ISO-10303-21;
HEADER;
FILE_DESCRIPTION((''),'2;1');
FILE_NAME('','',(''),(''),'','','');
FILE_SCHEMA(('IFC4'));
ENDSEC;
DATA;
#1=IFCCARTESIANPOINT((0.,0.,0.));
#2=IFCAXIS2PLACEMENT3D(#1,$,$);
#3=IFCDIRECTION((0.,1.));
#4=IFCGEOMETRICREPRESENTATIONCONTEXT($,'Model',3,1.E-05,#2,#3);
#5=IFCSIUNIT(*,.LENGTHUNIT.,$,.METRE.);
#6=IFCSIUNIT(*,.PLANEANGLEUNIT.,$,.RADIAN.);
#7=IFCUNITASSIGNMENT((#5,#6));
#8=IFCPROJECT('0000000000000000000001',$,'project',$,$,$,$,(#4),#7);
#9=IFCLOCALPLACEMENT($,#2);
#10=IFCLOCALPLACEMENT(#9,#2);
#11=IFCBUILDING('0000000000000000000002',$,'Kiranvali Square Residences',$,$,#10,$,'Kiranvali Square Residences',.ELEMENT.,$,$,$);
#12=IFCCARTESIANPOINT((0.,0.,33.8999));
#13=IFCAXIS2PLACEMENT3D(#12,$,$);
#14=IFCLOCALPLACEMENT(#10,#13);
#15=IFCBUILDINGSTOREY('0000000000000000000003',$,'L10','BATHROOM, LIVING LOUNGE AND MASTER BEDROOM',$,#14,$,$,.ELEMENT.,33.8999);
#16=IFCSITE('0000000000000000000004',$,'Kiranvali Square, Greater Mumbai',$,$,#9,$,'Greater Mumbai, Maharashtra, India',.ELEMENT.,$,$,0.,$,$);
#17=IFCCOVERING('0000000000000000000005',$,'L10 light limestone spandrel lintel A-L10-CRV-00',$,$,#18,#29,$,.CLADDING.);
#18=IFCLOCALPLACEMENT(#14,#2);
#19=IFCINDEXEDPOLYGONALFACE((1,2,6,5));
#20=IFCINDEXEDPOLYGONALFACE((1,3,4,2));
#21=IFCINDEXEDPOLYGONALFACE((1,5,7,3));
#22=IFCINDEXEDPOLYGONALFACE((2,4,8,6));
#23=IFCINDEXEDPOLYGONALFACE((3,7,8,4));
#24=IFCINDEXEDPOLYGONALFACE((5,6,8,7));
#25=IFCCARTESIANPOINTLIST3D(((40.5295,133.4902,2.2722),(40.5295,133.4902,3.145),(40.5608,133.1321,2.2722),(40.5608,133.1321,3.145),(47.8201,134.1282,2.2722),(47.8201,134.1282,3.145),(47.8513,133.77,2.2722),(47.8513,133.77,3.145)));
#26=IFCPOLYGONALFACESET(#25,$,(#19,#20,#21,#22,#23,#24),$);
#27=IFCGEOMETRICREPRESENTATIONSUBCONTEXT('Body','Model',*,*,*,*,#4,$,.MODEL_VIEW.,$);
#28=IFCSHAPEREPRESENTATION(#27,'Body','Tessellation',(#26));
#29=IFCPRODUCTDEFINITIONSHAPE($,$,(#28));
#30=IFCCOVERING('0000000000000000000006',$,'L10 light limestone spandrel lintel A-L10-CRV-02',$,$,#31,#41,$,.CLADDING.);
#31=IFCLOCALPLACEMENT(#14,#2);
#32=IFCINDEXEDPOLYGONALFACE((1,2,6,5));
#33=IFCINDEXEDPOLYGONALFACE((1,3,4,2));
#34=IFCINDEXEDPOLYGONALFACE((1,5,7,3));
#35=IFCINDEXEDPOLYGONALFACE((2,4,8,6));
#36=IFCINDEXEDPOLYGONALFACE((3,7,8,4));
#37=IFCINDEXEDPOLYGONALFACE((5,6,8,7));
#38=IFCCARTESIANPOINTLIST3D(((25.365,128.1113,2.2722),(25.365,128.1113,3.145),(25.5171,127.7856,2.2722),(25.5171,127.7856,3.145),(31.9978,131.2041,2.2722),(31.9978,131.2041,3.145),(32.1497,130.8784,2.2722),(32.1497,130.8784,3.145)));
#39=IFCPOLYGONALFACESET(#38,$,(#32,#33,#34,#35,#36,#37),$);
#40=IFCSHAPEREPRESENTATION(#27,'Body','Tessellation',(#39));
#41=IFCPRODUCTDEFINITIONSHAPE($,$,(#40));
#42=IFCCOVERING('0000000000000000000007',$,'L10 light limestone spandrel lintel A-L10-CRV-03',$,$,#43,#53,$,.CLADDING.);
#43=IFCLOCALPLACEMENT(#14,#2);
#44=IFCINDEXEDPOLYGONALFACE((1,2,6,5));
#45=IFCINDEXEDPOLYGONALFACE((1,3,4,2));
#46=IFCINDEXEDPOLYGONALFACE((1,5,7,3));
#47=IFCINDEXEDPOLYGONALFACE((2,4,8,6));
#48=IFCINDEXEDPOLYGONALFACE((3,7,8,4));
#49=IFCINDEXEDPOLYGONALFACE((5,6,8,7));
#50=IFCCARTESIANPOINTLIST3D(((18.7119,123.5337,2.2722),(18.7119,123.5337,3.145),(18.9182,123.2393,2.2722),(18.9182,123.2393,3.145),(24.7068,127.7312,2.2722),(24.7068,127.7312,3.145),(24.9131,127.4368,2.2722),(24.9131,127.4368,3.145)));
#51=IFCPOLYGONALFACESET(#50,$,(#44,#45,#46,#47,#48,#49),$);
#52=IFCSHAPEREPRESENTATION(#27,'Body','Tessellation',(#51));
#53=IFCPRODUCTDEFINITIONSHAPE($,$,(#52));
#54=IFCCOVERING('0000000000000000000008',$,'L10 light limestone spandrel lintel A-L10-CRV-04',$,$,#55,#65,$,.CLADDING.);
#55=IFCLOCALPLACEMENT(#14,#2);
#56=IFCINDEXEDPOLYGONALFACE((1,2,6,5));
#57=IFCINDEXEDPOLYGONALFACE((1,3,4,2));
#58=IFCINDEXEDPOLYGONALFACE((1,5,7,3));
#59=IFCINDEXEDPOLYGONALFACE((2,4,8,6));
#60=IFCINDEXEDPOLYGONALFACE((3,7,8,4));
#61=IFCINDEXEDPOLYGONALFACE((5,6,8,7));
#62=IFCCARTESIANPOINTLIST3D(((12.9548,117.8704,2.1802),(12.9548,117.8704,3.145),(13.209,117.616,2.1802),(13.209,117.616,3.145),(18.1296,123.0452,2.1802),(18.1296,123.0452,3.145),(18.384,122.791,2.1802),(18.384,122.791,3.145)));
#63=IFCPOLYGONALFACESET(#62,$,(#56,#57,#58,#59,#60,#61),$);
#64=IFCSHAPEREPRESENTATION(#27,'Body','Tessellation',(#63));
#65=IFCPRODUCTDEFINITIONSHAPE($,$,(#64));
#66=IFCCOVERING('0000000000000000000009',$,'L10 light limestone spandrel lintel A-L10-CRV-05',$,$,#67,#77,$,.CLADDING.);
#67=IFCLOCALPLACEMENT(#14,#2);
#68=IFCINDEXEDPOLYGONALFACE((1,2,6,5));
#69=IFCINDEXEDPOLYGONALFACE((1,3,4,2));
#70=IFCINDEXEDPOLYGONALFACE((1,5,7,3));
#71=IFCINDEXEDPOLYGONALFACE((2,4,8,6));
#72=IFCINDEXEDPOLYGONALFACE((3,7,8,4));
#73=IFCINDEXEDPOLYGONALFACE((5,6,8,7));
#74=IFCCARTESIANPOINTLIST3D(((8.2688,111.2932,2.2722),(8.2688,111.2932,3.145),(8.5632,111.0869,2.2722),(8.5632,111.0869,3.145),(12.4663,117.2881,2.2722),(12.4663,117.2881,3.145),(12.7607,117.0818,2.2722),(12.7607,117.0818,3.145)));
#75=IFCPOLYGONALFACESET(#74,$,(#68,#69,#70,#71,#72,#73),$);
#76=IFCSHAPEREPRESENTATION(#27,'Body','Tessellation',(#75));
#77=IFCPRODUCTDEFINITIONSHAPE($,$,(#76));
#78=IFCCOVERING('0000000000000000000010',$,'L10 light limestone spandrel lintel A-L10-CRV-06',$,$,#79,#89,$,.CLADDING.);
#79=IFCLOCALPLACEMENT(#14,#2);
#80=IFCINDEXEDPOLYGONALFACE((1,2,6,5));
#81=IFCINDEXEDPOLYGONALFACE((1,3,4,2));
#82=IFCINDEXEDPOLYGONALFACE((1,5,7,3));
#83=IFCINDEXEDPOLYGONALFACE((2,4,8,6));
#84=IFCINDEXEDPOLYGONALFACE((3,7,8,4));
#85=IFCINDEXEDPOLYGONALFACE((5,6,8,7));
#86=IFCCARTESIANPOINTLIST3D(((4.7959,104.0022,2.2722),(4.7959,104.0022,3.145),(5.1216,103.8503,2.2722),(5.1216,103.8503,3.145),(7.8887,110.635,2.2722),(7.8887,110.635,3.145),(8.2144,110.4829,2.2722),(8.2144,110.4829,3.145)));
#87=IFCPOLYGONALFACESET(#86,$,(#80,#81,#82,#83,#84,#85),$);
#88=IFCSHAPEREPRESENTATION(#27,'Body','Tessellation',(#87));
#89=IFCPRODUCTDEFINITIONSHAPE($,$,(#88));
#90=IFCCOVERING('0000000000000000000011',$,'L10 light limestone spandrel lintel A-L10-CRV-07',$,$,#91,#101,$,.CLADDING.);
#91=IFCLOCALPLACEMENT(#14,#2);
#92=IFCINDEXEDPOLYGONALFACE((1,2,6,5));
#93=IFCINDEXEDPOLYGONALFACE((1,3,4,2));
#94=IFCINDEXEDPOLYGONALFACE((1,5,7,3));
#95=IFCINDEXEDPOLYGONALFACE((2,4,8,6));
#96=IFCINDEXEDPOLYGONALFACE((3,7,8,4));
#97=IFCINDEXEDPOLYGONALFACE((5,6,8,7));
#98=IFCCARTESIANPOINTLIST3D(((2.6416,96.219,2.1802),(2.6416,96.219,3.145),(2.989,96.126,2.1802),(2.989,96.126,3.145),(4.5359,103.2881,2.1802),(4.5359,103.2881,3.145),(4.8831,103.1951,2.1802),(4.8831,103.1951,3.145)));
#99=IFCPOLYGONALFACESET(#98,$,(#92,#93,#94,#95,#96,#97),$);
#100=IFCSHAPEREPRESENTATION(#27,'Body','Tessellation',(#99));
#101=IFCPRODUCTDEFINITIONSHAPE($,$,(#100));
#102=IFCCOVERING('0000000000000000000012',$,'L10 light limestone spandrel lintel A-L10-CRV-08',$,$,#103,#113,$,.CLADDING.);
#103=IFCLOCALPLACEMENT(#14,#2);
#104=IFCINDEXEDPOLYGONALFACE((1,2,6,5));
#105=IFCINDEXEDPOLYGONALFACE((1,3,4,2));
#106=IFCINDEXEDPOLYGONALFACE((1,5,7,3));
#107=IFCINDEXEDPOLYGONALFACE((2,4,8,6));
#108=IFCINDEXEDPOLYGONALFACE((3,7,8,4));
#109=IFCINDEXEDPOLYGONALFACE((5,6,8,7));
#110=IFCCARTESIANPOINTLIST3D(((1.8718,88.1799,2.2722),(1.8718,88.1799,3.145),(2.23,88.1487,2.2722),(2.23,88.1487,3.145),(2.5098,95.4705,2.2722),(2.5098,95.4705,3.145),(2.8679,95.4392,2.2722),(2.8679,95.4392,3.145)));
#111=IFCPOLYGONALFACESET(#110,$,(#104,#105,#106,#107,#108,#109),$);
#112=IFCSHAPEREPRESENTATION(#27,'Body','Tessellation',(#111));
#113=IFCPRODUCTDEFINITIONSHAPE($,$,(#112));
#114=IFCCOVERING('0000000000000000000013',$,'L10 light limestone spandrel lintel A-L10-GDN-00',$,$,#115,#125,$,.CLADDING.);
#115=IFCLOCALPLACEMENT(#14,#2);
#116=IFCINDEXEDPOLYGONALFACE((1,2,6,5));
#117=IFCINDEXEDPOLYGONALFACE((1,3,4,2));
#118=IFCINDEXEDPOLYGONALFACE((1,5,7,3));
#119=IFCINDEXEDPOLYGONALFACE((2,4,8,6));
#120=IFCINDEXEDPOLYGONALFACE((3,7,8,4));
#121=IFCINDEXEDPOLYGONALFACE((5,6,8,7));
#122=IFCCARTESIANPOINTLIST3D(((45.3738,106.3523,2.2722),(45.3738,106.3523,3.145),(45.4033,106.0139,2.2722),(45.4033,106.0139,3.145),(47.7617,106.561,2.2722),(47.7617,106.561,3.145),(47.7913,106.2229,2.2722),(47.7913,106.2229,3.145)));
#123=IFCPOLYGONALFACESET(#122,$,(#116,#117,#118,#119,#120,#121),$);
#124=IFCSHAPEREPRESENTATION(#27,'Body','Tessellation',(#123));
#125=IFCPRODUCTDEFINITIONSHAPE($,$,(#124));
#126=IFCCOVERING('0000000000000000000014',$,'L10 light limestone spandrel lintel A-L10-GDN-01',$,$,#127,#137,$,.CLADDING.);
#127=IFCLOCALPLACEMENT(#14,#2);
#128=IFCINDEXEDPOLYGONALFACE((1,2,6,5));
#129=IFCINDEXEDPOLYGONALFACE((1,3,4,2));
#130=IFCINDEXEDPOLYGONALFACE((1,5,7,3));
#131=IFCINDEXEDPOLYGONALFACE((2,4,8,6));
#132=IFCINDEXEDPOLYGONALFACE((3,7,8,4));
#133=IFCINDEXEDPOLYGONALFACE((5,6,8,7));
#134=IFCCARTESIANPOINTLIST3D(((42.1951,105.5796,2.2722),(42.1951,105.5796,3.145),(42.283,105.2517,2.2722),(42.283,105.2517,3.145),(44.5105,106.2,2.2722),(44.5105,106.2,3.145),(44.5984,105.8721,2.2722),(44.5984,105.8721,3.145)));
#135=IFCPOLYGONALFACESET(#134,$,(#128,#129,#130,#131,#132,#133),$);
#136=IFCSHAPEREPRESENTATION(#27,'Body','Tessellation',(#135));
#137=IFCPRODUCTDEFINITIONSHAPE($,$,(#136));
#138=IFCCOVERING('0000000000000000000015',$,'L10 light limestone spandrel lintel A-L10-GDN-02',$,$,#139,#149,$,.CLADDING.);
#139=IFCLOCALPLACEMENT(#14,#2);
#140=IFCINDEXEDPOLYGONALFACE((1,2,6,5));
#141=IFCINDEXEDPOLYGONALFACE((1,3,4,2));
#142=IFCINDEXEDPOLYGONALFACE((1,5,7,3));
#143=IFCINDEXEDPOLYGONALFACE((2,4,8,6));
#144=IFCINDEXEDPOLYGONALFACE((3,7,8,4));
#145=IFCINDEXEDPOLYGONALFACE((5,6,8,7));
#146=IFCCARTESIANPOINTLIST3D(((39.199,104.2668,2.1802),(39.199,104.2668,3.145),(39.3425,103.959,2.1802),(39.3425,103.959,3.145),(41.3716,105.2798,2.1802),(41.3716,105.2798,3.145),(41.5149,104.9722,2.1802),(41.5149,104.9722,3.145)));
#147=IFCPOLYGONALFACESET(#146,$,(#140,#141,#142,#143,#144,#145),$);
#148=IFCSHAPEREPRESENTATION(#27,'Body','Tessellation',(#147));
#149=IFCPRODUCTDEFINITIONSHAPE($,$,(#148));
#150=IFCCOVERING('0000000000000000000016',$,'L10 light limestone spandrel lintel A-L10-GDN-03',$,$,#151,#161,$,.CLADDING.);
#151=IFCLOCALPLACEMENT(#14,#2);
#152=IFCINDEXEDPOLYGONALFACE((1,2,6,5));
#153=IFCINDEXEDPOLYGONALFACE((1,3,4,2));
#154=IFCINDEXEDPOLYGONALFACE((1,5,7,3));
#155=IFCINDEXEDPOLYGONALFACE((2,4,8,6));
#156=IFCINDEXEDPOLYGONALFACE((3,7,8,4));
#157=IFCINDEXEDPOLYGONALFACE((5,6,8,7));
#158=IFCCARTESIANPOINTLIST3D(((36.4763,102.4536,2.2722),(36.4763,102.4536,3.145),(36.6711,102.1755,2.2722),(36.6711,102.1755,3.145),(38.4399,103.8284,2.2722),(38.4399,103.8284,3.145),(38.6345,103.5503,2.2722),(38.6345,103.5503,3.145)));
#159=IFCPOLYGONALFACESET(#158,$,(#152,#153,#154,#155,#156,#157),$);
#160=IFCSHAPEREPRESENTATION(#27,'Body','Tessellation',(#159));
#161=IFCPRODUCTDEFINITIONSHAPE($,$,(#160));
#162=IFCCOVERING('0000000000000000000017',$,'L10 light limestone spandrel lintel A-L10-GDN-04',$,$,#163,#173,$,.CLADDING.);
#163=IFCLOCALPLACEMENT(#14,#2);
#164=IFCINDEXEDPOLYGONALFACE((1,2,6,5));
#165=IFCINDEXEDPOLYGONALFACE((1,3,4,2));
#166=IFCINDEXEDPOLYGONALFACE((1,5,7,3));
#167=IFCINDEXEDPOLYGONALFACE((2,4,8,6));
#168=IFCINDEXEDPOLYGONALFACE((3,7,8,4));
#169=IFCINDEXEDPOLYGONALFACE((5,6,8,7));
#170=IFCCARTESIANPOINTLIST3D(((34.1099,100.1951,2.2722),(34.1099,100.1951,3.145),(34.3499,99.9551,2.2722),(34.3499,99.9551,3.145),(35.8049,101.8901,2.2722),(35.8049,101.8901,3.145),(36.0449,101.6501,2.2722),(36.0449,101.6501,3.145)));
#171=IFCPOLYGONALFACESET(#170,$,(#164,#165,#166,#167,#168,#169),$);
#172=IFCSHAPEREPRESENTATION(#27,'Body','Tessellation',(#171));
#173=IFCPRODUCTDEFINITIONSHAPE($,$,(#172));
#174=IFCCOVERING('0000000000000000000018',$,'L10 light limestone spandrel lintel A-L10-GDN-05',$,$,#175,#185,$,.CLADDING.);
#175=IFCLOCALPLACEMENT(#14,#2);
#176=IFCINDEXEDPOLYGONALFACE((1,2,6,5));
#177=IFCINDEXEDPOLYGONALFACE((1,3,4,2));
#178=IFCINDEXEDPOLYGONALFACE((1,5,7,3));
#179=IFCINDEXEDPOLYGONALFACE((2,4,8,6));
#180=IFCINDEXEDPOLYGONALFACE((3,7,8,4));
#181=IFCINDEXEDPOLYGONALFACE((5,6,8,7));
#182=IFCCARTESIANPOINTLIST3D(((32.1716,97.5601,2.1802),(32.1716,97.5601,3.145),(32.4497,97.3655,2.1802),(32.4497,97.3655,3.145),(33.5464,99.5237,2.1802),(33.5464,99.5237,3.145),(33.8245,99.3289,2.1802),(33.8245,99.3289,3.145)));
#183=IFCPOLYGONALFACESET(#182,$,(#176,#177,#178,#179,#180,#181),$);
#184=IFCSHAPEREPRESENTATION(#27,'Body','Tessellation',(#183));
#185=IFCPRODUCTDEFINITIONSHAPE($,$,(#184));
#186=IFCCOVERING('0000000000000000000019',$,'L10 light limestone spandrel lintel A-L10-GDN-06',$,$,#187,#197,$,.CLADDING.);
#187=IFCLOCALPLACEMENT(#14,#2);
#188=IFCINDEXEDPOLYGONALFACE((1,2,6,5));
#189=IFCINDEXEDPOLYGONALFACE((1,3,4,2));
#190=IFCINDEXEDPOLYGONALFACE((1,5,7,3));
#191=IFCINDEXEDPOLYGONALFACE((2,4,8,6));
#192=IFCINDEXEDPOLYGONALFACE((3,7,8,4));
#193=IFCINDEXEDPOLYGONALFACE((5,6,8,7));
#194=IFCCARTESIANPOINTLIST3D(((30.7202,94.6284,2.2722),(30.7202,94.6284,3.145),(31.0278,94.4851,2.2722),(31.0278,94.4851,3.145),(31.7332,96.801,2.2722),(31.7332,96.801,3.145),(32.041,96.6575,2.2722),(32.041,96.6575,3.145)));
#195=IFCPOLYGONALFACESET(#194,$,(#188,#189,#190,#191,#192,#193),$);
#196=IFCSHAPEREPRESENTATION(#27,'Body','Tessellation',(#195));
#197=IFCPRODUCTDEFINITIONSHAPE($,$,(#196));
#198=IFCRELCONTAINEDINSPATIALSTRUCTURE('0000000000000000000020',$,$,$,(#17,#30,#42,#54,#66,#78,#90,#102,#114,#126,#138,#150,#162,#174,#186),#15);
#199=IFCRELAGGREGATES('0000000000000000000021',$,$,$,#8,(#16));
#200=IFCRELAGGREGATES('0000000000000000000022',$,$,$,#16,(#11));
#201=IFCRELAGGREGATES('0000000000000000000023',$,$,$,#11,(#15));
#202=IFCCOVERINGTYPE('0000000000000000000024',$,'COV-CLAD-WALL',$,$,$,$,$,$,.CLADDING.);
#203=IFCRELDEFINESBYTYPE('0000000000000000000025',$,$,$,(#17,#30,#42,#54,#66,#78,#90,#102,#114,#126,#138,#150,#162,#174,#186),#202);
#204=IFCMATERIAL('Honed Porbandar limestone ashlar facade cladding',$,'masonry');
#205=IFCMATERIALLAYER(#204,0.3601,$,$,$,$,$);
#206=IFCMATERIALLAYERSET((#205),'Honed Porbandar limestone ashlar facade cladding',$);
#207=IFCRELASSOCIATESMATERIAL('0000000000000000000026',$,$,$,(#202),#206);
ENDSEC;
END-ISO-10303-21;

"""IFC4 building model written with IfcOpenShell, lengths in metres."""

from ifc_helpers import new_model, si_unit, direction, frame, origin, place, context, subcontext, project, spatial, polyline, outline, extrude, material, layer, layer_set, type_object, element, save


model = new_model("IFC4")

# Units and contexts
model_context = context("Model", 3, precision=1e-05, world=origin(), true_north=direction((0.0, 1.0)))
body_context = subcontext(model_context, "Body", "Model", "MODEL_VIEW")
ifc_project = project(units=[si_unit("LENGTHUNIT", "METRE"), si_unit("PLANEANGLEUNIT", "RADIAN")], contexts=[model_context])

# Site, building, storey
site_placement = place(None, origin())
site = spatial("IfcSite", under=ifc_project, at=site_placement, Name="Kiranvali Square, Greater Mumbai", LongName="Greater Mumbai, Maharashtra, India", CompositionType="ELEMENT", RefElevation=0.0)
building_placement = place(site_placement, origin())
building = spatial("IfcBuilding", under=site, at=building_placement, Name="Kiranvali Square Residences", LongName="Kiranvali Square Residences", CompositionType="ELEMENT")
storey_placement = place(building_placement, frame((0.0, 0.0, 33.8999)))
storey = spatial("IfcBuildingStorey", under=building, at=storey_placement, Name="L10", Description="BATHROOM, LIVING LOUNGE AND MASTER BEDROOM", CompositionType="ELEMENT", Elevation=33.8999)

# Coverings
ifc_material = material(Name="Honed Porbandar limestone ashlar facade cladding", Category="masonry")
ifc_layer = layer(ifc_material, 0.3601)
ifc_layer_set = layer_set([ifc_layer], Name="Honed Porbandar limestone ashlar facade cladding")
covering_type = type_object("IfcCoveringType", Name="COV-CLAD-WALL", PredefinedType="CLADDING", material=ifc_layer_set)
covering_1_placement = place(storey_placement, frame((0.0, 0.0, 2.2722)))
element("IfcCovering", 1, at=covering_1_placement, inside=storey, type_object=covering_type, Name="L10 light limestone spandrel lintel A-L10-CRV-00", PredefinedType="CLADDING", context=body_context, shape_type="SweptSolid", body=[
    extrude(outline(polyline([(47.8201, 134.1282), (40.5295, 133.4902), (40.5608, 133.1321), (47.8513, 133.77), (47.8201, 134.1282)])), origin(), (0.0, 0.0, 1.0), 0.8728),
])
covering_2_placement = place(storey_placement, frame((0.0, 0.0, 2.2722)))
element("IfcCovering", 2, at=covering_2_placement, inside=storey, type_object=covering_type, Name="L10 light limestone spandrel lintel A-L10-CRV-02", PredefinedType="CLADDING", context=body_context, shape_type="SweptSolid", body=[
    extrude(outline(polyline([(31.9978, 131.2041), (25.365, 128.1113), (25.5171, 127.7856), (32.1497, 130.8784), (31.9978, 131.2041)])), origin(), (0.0, 0.0, 1.0), 0.8728),
])
covering_3_placement = place(storey_placement, frame((0.0, 0.0, 2.2722)))
element("IfcCovering", 3, at=covering_3_placement, inside=storey, type_object=covering_type, Name="L10 light limestone spandrel lintel A-L10-CRV-03", PredefinedType="CLADDING", context=body_context, shape_type="SweptSolid", body=[
    extrude(outline(polyline([(24.7068, 127.7312), (18.7119, 123.5337), (18.9182, 123.2393), (24.9131, 127.4368), (24.7068, 127.7312)])), origin(), (0.0, 0.0, 1.0), 0.8728),
])
covering_4_placement = place(storey_placement, frame((0.0, 0.0, 2.1802)))
element("IfcCovering", 4, at=covering_4_placement, inside=storey, type_object=covering_type, Name="L10 light limestone spandrel lintel A-L10-CRV-04", PredefinedType="CLADDING", context=body_context, shape_type="SweptSolid", body=[
    extrude(outline(polyline([(18.1296, 123.0452), (12.9548, 117.8704), (13.209, 117.616), (18.384, 122.791), (18.1296, 123.0452)])), origin(), (0.0, 0.0, 1.0), 0.9648),
])
covering_5_placement = place(storey_placement, frame((0.0, 0.0, 2.2722)))
element("IfcCovering", 5, at=covering_5_placement, inside=storey, type_object=covering_type, Name="L10 light limestone spandrel lintel A-L10-CRV-05", PredefinedType="CLADDING", context=body_context, shape_type="SweptSolid", body=[
    extrude(outline(polyline([(12.4663, 117.2881), (8.2688, 111.2932), (8.5632, 111.0869), (12.7607, 117.0818), (12.4663, 117.2881)])), origin(), (0.0, 0.0, 1.0), 0.8728),
])
covering_6_placement = place(storey_placement, frame((0.0, 0.0, 2.2722)))
element("IfcCovering", 6, at=covering_6_placement, inside=storey, type_object=covering_type, Name="L10 light limestone spandrel lintel A-L10-CRV-06", PredefinedType="CLADDING", context=body_context, shape_type="SweptSolid", body=[
    extrude(outline(polyline([(7.8887, 110.635), (4.7959, 104.0022), (5.1216, 103.8503), (8.2144, 110.4829), (7.8887, 110.635)])), origin(), (0.0, 0.0, 1.0), 0.8728),
])
covering_7_placement = place(storey_placement, frame((0.0, 0.0, 2.1802)))
element("IfcCovering", 7, at=covering_7_placement, inside=storey, type_object=covering_type, Name="L10 light limestone spandrel lintel A-L10-CRV-07", PredefinedType="CLADDING", context=body_context, shape_type="SweptSolid", body=[
    extrude(outline(polyline([(4.5359, 103.2881), (2.6416, 96.219), (2.989, 96.126), (4.8831, 103.1951), (4.5359, 103.2881)])), origin(), (0.0, 0.0, 1.0), 0.9648),
])
covering_8_placement = place(storey_placement, frame((0.0, 0.0, 2.2722)))
element("IfcCovering", 8, at=covering_8_placement, inside=storey, type_object=covering_type, Name="L10 light limestone spandrel lintel A-L10-CRV-08", PredefinedType="CLADDING", context=body_context, shape_type="SweptSolid", body=[
    extrude(outline(polyline([(2.5098, 95.4705), (1.8718, 88.1799), (2.23, 88.1487), (2.8679, 95.4392), (2.5098, 95.4705)])), origin(), (0.0, 0.0, 1.0), 0.8728),
])
covering_9_placement = place(storey_placement, frame((0.0, 0.0, 2.2722)))
element("IfcCovering", 9, at=covering_9_placement, inside=storey, type_object=covering_type, Name="L10 light limestone spandrel lintel A-L10-GDN-00", PredefinedType="CLADDING", context=body_context, shape_type="SweptSolid", body=[
    extrude(outline(polyline([(47.7617, 106.561), (45.3738, 106.3523), (45.4033, 106.0139), (47.7913, 106.2229), (47.7617, 106.561)])), origin(), (0.0, 0.0, 1.0), 0.8728),
])
covering_10_placement = place(storey_placement, frame((0.0, 0.0, 2.2722)))
element("IfcCovering", 10, at=covering_10_placement, inside=storey, type_object=covering_type, Name="L10 light limestone spandrel lintel A-L10-GDN-01", PredefinedType="CLADDING", context=body_context, shape_type="SweptSolid", body=[
    extrude(outline(polyline([(44.5105, 106.2), (42.1951, 105.5796), (42.283, 105.2517), (44.5984, 105.8721), (44.5105, 106.2)])), origin(), (0.0, 0.0, 1.0), 0.8728),
])
covering_11_placement = place(storey_placement, frame((0.0, 0.0, 2.1802)))
element("IfcCovering", 11, at=covering_11_placement, inside=storey, type_object=covering_type, Name="L10 light limestone spandrel lintel A-L10-GDN-02", PredefinedType="CLADDING", context=body_context, shape_type="SweptSolid", body=[
    extrude(outline(polyline([(41.3716, 105.2798), (39.199, 104.2668), (39.3425, 103.959), (41.5149, 104.9722), (41.3716, 105.2798)])), origin(), (0.0, 0.0, 1.0), 0.9648),
])
covering_12_placement = place(storey_placement, frame((0.0, 0.0, 2.2722)))
element("IfcCovering", 12, at=covering_12_placement, inside=storey, type_object=covering_type, Name="L10 light limestone spandrel lintel A-L10-GDN-03", PredefinedType="CLADDING", context=body_context, shape_type="SweptSolid", body=[
    extrude(outline(polyline([(38.4399, 103.8284), (36.4763, 102.4536), (36.6711, 102.1755), (38.6345, 103.5503), (38.4399, 103.8284)])), origin(), (0.0, 0.0, 1.0), 0.8728),
])
covering_13_placement = place(storey_placement, frame((0.0, 0.0, 2.2722)))
element("IfcCovering", 13, at=covering_13_placement, inside=storey, type_object=covering_type, Name="L10 light limestone spandrel lintel A-L10-GDN-04", PredefinedType="CLADDING", context=body_context, shape_type="SweptSolid", body=[
    extrude(outline(polyline([(35.8049, 101.8901), (34.1099, 100.1951), (34.3499, 99.9551), (36.0449, 101.6501), (35.8049, 101.8901)])), origin(), (0.0, 0.0, 1.0), 0.8728),
])
covering_14_placement = place(storey_placement, frame((0.0, 0.0, 2.1802)))
element("IfcCovering", 14, at=covering_14_placement, inside=storey, type_object=covering_type, Name="L10 light limestone spandrel lintel A-L10-GDN-05", PredefinedType="CLADDING", context=body_context, shape_type="SweptSolid", body=[
    extrude(outline(polyline([(33.5464, 99.5237), (32.1716, 97.5601), (32.4497, 97.3655), (33.8245, 99.3289), (33.5464, 99.5237)])), origin(), (0.0, 0.0, 1.0), 0.9648),
])
covering_15_placement = place(storey_placement, frame((0.0, 0.0, 2.2722)))
element("IfcCovering", 15, at=covering_15_placement, inside=storey, type_object=covering_type, Name="L10 light limestone spandrel lintel A-L10-GDN-06", PredefinedType="CLADDING", context=body_context, shape_type="SweptSolid", body=[
    extrude(outline(polyline([(31.7332, 96.801), (30.7202, 94.6284), (31.0278, 94.4851), (32.041, 96.6575), (31.7332, 96.801)])), origin(), (0.0, 0.0, 1.0), 0.8728),
])

save(model, "model.ifc")
